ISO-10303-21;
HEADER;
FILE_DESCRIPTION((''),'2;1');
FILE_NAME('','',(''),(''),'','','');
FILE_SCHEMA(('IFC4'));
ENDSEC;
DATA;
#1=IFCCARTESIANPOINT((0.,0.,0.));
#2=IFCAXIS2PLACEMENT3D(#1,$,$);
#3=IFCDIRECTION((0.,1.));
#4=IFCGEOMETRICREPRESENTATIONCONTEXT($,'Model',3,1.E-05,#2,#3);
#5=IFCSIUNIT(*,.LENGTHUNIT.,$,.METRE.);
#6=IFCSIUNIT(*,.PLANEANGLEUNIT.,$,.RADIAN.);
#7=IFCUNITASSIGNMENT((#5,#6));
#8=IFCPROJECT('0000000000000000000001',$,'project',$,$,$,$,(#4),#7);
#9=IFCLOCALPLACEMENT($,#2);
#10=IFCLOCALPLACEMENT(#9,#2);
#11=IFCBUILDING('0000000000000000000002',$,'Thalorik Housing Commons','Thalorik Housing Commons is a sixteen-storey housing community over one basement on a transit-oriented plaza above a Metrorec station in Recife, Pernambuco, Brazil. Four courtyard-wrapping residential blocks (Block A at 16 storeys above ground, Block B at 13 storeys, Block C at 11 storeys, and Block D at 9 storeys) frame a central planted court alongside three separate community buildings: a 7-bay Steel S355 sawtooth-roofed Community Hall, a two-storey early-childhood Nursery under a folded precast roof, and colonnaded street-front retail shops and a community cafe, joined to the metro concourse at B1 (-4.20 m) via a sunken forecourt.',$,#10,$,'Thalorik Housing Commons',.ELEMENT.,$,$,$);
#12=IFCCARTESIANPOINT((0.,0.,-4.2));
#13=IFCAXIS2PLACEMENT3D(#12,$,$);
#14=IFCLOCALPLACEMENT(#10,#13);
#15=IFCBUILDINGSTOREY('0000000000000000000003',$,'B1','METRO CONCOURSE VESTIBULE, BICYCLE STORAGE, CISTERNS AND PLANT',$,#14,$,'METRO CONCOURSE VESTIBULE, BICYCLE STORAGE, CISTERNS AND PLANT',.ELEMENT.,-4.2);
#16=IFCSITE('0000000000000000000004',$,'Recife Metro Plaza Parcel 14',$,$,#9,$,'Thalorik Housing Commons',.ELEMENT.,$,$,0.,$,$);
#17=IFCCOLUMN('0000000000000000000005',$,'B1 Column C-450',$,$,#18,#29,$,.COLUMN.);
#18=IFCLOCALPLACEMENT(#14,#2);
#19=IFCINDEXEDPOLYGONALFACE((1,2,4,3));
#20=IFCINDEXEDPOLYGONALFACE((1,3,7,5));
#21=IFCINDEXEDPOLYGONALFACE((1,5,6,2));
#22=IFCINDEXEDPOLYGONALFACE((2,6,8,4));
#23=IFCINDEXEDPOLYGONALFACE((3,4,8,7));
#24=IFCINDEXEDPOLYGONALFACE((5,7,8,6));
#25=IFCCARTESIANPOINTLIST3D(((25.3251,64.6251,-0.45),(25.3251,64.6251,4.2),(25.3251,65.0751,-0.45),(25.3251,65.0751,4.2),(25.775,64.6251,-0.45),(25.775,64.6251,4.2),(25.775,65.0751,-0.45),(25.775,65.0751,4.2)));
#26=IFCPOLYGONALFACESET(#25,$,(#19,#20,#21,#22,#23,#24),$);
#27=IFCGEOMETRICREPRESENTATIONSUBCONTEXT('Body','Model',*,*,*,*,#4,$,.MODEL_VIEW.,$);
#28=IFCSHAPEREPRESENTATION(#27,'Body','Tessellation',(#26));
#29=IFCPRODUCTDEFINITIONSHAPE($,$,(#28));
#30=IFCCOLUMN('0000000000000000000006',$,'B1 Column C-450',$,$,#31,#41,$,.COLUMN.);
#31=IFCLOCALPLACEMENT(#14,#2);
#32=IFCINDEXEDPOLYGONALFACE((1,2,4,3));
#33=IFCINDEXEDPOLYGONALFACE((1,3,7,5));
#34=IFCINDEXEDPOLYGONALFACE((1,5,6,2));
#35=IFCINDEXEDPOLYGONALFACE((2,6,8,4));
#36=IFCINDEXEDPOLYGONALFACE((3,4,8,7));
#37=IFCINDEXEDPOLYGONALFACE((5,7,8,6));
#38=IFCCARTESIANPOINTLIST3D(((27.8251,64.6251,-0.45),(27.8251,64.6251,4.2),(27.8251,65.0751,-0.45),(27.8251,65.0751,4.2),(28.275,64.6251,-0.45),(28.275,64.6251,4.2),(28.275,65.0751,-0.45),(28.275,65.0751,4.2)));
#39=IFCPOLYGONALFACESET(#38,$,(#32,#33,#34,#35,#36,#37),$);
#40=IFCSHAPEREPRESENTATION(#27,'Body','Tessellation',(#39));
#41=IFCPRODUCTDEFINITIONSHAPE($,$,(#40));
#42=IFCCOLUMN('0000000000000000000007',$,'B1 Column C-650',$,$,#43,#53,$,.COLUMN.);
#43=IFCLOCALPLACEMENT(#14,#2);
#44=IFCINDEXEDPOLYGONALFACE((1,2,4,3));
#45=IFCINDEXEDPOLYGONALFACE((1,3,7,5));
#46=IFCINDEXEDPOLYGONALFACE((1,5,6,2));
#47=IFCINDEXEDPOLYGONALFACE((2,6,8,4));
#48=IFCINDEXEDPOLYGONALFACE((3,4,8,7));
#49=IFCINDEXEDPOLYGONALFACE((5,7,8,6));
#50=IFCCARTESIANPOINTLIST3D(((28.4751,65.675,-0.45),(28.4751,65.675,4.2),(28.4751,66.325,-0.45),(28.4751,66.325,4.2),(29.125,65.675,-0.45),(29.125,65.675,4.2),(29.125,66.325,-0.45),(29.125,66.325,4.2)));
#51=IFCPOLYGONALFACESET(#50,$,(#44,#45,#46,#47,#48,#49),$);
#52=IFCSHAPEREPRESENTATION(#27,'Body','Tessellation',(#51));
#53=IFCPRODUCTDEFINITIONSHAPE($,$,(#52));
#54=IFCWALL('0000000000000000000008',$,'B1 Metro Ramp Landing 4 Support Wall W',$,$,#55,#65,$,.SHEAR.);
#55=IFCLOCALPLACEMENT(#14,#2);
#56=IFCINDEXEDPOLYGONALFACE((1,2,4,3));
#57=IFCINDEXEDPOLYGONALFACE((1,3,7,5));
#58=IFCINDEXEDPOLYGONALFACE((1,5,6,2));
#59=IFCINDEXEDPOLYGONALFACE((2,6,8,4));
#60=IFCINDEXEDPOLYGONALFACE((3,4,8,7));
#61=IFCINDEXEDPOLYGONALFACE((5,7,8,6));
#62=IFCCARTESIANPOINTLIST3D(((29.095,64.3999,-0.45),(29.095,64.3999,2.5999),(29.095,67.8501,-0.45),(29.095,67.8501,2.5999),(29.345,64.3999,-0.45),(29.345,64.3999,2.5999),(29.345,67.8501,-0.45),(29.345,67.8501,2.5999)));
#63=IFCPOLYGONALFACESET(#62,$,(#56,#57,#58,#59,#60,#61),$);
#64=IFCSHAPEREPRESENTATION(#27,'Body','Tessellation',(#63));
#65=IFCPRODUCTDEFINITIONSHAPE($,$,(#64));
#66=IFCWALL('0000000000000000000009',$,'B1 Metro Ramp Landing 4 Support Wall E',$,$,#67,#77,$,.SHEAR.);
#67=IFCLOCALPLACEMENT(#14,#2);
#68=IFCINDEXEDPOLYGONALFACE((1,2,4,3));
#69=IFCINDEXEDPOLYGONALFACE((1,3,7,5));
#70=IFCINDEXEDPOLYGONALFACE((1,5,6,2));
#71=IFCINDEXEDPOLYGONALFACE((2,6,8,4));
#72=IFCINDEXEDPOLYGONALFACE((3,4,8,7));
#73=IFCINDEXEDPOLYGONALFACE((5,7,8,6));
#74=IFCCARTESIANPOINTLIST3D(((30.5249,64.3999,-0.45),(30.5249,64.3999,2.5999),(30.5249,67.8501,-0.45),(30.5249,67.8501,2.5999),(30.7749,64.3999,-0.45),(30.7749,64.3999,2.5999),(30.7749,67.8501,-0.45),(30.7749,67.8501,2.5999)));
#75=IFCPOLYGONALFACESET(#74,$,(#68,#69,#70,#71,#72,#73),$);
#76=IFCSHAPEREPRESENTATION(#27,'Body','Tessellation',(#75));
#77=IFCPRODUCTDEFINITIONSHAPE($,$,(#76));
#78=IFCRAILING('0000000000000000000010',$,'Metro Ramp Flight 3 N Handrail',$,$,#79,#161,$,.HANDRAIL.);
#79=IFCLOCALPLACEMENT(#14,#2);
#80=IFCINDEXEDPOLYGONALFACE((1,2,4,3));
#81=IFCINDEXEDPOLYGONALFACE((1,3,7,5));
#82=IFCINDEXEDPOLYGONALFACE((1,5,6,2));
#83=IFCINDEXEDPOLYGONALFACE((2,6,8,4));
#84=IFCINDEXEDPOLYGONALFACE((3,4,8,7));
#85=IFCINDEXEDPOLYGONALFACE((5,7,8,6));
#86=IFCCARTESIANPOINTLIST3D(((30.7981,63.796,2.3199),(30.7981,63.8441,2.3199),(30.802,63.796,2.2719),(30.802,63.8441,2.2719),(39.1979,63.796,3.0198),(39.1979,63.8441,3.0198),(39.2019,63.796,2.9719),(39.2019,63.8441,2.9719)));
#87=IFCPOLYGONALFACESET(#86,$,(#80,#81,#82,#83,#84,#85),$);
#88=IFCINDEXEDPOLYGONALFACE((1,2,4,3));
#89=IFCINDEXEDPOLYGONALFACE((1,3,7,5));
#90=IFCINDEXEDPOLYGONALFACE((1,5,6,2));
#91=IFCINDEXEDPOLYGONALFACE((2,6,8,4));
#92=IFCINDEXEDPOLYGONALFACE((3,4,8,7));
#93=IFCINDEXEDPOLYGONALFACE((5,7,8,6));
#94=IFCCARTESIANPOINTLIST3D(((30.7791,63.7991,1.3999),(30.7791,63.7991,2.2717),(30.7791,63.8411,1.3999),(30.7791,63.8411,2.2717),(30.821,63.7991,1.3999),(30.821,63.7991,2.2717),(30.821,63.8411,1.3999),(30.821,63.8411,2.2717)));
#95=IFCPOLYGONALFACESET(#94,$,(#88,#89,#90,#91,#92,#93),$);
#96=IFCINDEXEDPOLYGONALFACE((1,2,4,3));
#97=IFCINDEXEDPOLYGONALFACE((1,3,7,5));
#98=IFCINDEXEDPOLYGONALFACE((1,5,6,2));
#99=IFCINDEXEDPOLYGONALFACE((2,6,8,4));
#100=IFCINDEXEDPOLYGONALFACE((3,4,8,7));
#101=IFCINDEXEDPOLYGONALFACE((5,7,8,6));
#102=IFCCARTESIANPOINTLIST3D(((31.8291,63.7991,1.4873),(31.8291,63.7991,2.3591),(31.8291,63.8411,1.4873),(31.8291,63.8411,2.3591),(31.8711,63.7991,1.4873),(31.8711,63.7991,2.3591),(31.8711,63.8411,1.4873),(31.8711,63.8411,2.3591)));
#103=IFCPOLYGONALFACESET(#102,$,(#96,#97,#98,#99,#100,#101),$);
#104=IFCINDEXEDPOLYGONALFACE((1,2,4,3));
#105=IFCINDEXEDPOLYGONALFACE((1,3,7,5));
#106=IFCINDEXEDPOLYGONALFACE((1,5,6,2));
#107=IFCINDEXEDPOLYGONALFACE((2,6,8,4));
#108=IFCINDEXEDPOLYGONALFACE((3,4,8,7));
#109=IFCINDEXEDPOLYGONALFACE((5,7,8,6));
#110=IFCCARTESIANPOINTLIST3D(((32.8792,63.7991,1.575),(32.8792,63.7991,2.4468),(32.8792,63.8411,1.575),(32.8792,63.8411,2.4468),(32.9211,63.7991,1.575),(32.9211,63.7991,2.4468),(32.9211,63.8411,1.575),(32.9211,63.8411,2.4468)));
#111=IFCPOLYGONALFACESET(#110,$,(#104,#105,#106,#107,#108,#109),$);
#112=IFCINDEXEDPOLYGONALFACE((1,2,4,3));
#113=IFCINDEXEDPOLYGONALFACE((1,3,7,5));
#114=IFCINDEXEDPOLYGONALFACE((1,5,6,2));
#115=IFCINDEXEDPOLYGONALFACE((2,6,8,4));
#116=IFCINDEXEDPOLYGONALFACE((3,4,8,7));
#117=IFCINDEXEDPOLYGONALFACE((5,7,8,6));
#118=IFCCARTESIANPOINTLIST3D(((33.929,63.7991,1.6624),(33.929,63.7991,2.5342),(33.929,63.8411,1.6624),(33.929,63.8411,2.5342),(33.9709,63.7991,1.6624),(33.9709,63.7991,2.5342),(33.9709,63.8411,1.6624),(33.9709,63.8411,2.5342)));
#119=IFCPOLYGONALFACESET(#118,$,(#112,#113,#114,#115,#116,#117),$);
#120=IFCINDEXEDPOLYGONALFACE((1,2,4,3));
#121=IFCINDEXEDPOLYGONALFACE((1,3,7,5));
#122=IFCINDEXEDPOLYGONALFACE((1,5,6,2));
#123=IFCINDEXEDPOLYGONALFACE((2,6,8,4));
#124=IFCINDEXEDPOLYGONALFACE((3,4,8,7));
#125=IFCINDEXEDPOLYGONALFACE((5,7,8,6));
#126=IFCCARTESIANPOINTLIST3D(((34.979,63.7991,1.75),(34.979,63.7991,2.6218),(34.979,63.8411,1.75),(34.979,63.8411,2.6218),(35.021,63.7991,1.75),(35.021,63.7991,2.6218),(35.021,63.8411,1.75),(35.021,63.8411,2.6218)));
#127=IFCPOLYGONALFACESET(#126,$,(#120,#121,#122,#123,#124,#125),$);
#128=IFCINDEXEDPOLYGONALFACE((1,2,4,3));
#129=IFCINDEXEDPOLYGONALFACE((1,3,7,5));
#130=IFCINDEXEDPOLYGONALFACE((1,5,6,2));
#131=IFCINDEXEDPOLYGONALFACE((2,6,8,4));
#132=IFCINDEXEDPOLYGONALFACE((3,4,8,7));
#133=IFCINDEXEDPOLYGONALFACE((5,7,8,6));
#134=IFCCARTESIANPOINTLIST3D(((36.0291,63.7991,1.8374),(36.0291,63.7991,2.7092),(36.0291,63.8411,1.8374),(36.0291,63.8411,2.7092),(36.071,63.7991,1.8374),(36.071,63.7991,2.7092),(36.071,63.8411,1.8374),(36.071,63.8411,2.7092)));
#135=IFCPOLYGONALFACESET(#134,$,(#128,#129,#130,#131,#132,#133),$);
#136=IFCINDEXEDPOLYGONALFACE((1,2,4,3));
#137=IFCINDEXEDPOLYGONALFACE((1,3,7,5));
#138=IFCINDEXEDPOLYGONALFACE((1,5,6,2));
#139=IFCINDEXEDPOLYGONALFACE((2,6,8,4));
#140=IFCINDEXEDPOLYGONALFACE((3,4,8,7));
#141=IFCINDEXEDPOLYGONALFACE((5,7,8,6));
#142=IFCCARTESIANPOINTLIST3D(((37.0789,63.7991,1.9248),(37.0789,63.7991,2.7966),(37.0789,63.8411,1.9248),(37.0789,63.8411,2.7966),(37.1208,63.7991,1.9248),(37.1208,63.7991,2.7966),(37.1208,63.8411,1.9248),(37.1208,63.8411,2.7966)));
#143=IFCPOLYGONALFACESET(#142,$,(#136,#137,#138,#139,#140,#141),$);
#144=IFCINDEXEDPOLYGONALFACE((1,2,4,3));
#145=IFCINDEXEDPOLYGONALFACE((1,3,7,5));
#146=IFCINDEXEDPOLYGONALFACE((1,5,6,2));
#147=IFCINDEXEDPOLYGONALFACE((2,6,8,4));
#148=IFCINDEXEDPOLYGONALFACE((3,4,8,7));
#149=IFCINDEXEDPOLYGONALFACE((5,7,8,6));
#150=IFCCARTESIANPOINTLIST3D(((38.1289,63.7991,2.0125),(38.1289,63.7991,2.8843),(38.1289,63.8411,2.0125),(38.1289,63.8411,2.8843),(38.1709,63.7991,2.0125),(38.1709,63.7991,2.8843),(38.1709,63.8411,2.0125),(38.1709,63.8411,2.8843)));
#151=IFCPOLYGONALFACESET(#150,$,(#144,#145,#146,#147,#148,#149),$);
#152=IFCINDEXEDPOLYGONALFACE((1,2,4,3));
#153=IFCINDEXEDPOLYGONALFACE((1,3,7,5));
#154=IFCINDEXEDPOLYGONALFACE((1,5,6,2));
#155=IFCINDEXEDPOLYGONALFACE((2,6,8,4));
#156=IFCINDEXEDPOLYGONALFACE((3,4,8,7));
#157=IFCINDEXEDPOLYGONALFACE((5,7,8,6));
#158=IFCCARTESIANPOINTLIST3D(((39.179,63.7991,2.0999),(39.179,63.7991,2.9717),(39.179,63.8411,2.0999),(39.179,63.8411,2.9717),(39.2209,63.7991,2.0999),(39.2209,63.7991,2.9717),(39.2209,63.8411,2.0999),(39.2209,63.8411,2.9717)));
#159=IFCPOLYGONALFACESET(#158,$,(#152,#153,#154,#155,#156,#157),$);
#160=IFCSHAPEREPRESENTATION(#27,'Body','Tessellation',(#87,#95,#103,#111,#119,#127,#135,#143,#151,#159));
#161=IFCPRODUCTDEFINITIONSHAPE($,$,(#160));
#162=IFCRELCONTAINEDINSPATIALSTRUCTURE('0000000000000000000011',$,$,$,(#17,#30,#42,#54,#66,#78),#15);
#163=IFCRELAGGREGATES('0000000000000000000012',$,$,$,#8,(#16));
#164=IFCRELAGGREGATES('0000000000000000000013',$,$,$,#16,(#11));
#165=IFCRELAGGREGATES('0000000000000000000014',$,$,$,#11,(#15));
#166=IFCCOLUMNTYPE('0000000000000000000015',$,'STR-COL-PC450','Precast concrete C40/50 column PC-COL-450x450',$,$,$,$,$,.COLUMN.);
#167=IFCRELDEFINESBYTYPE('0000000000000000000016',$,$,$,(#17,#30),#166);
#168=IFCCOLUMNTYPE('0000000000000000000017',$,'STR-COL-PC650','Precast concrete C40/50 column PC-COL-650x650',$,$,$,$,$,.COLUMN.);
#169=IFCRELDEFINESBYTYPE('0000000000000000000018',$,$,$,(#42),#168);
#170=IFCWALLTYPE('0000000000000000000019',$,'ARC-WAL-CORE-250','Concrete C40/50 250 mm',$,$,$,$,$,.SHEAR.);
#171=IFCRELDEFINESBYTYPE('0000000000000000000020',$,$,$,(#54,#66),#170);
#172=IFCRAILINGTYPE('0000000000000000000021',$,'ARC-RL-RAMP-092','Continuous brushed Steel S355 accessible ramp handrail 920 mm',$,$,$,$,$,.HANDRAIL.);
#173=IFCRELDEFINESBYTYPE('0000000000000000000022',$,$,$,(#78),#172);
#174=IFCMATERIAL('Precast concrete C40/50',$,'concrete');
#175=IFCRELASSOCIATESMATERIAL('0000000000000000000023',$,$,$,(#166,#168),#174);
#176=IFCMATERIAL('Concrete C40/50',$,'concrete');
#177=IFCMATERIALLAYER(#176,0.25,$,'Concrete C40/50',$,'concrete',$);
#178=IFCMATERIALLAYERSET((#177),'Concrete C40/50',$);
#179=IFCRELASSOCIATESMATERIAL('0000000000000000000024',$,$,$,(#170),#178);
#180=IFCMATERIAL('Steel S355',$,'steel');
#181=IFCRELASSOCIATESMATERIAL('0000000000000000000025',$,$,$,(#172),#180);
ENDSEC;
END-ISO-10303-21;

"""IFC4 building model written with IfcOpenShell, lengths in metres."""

from ifc_helpers import new_model, si_unit, direction, frame, frame_2d, origin, origin_2d, place, context, subcontext, project, spatial, rectangle, extrude, material, layer, layer_set, material_profile, profile_set, type_object, element, save


model = new_model("IFC4")

# Units and contexts
model_context = context("Model", 3, precision=1e-05, world=origin(), true_north=direction((0.0, 1.0)))
body_context = subcontext(model_context, "Body", "Model", "MODEL_VIEW")
ifc_project = project(units=[si_unit("LENGTHUNIT", "METRE"), si_unit("PLANEANGLEUNIT", "RADIAN")], contexts=[model_context])

# Site, building, storey
site_placement = place(None, origin())
site = spatial("IfcSite", under=ifc_project, at=site_placement, Name="Recife Metro Plaza Parcel 14", LongName="Thalorik Housing Commons", CompositionType="ELEMENT", RefElevation=0.0)
building_placement = place(site_placement, origin())
building = spatial("IfcBuilding", under=site, at=building_placement, Name="Thalorik Housing Commons", Description="Thalorik Housing Commons is a sixteen-storey housing community over one basement on a transit-oriented plaza above a Metrorec station in Recife, Pernambuco, Brazil. Four courtyard-wrapping residential blocks (Block A at 16 storeys above ground, Block B at 13 storeys, Block C at 11 storeys, and Block D at 9 storeys) frame a central planted court alongside three separate community buildings: a 7-bay Steel S355 sawtooth-roofed Community Hall, a two-storey early-childhood Nursery under a folded precast roof, and colonnaded street-front retail shops and a community cafe, joined to the metro concourse at B1 (-4.20 m) via a sunken forecourt.", LongName="Thalorik Housing Commons", CompositionType="ELEMENT")
storey_placement = place(building_placement, frame((0.0, 0.0, -4.2)))
storey = spatial("IfcBuildingStorey", under=building, at=storey_placement, Name="B1", Description="METRO CONCOURSE VESTIBULE, BICYCLE STORAGE, CISTERNS AND PLANT", LongName="METRO CONCOURSE VESTIBULE, BICYCLE STORAGE, CISTERNS AND PLANT", CompositionType="ELEMENT", Elevation=-4.2)

# Shared definitions
ifc_material_1 = material(Name="Concrete C40/50", Category="concrete")

# Columns
ifc_material_2 = material(Name="Precast concrete C40/50", Category="concrete")
ifc_material_profile_1 = material_profile(ifc_material_2, rectangle(XDim=0.45, YDim=0.45, at=origin_2d()), Name="PC 450x450", Category="concrete")
ifc_profile_set_1 = profile_set([ifc_material_profile_1], Name="Precast concrete C40/50")
column_type_1 = type_object("IfcColumnType", Name="STR-COL-PC450", Description="Precast concrete C40/50 column PC-COL-450x450", PredefinedType="COLUMN", material=ifc_profile_set_1)
for number, where, z_axis, x_axis, name in (
    (1, (25.55, 64.8501, -0.45), (0.0, 0.0, 1.0), (1.0, 0.0, 0.0), "B1 Column C-450"),
    (2, (28.05, 64.8501, -0.45), (0.0, 0.0, 1.0), (1.0, 0.0, 0.0), "B1 Column C-450"),
):
    element("IfcColumn", number, at=place(storey_placement, frame(where, z_axis=z_axis, x_axis=x_axis)), inside=storey, type_object=column_type_1, Name=name, PredefinedType="COLUMN", context=body_context, shape_type="SweptSolid", body=[
        extrude(rectangle(XDim=0.45, YDim=0.45, at=origin_2d()), origin(), (0.0, 0.0, 1.0), 4.6499),
    ])
ifc_material_profile_2 = material_profile(ifc_material_2, rectangle(XDim=0.6499, YDim=0.6499, at=origin_2d()), Name="PC 650x650", Category="concrete")
ifc_profile_set_2 = profile_set([ifc_material_profile_2], Name="Precast concrete C40/50")
column_type_2 = type_object("IfcColumnType", Name="STR-COL-PC650", Description="Precast concrete C40/50 column PC-COL-650x650", PredefinedType="COLUMN", material=ifc_profile_set_2)
column_1_placement = place(storey_placement, frame((28.8, 66.0, -0.45), z_axis=(0.0, 0.0, 1.0), x_axis=(1.0, 0.0, 0.0)))
element("IfcColumn", 3, at=column_1_placement, inside=storey, type_object=column_type_2, Name="B1 Column C-650", PredefinedType="COLUMN", context=body_context, shape_type="SweptSolid", body=[
    extrude(rectangle(XDim=0.6499, YDim=0.6499, at=origin_2d()), origin(), (0.0, 0.0, 1.0), 4.6499),
])

# Walls
ifc_layer = layer(ifc_material_1, 0.25, Name="Concrete C40/50", Category="concrete")
ifc_layer_set = layer_set([ifc_layer], Name="Concrete C40/50")
wall_type = type_object("IfcWallType", Name="ARC-WAL-CORE-250", Description="Concrete C40/50 250 mm", PredefinedType="SHEAR", material=ifc_layer_set)
for number, where, z_axis, x_axis, name in (
    (4, (29.22, 64.3999, -0.45), (0.0, 0.0, 1.0), (0.0, 1.0, 0.0), "B1 Metro Ramp Landing 4 Support Wall W"),
    (5, (30.6499, 64.3999, -0.45), (0.0, 0.0, 1.0), (0.0, 1.0, 0.0), "B1 Metro Ramp Landing 4 Support Wall E"),
):
    element("IfcWall", number, at=place(storey_placement, frame(where, z_axis=z_axis, x_axis=x_axis)), inside=storey, type_object=wall_type, Name=name, PredefinedType="SHEAR", context=body_context, shape_type="SweptSolid", body=[
        extrude(rectangle(XDim=3.4502, YDim=0.25, at=frame_2d((1.7251, 0.0))), origin(), (0.0, 0.0, 1.0), 3.0498),
    ])

# Railing
ifc_material_3 = material(Name="Steel S355", Category="steel")
railing_type_1 = type_object("IfcRailingType", Name="ARC-RL-RAMP-092", Description="Continuous brushed Steel S355 accessible ramp handrail 920 mm", PredefinedType="HANDRAIL", material=ifc_material_3)
for number, where, name in (
    (6, (30.8, 63.8201, 1.3999), "Metro Ramp Flight 3 N Handrail"),
):
    element("IfcRailing", number, at=place(storey_placement, frame(where)), inside=storey, type_object=railing_type_1, Name=name, PredefinedType="HANDRAIL", context=body_context, shape_type="SweptSolid", body=[
        extrude(rectangle(XDim=0.0481, YDim=0.0481, at=origin_2d()), frame((0.0, 0.0, 0.896), z_axis=(0.996546, 0.0, 0.083041), x_axis=(0.0, 1.0, 0.0)), (0.0, 0.0, 1.0), 8.429),
        extrude(rectangle(XDim=0.042, YDim=0.042, at=origin_2d()), origin(), (0.0, 0.0, 1.0), 0.8718),
        extrude(rectangle(XDim=0.042, YDim=0.042, at=origin_2d()), frame((1.05, 0.0, 0.0874)), (0.0, 0.0, 1.0), 0.8718),
        extrude(rectangle(XDim=0.042, YDim=0.042, at=origin_2d()), frame((2.1001, 0.0, 0.175)), (0.0, 0.0, 1.0), 0.8718),
        extrude(rectangle(XDim=0.042, YDim=0.042, at=origin_2d()), frame((3.1499, 0.0, 0.2625)), (0.0, 0.0, 1.0), 0.8718),
        extrude(rectangle(XDim=0.042, YDim=0.042, at=origin_2d()), frame((4.2, 0.0, 0.3501)), (0.0, 0.0, 1.0), 0.8718),
        extrude(rectangle(XDim=0.042, YDim=0.042, at=origin_2d()), frame((5.25, 0.0, 0.4375)), (0.0, 0.0, 1.0), 0.8718),
        extrude(rectangle(XDim=0.042, YDim=0.042, at=origin_2d()), frame((6.2998, 0.0, 0.5249)), (0.0, 0.0, 1.0), 0.8718),
        extrude(rectangle(XDim=0.042, YDim=0.042, at=origin_2d()), frame((7.3499, 0.0, 0.6125)), (0.0, 0.0, 1.0), 0.8718),
        extrude(rectangle(XDim=0.042, YDim=0.042, at=origin_2d()), frame((8.3999, 0.0, 0.7)), (0.0, 0.0, 1.0), 0.8718),
    ])

save(model, "model.ifc")
